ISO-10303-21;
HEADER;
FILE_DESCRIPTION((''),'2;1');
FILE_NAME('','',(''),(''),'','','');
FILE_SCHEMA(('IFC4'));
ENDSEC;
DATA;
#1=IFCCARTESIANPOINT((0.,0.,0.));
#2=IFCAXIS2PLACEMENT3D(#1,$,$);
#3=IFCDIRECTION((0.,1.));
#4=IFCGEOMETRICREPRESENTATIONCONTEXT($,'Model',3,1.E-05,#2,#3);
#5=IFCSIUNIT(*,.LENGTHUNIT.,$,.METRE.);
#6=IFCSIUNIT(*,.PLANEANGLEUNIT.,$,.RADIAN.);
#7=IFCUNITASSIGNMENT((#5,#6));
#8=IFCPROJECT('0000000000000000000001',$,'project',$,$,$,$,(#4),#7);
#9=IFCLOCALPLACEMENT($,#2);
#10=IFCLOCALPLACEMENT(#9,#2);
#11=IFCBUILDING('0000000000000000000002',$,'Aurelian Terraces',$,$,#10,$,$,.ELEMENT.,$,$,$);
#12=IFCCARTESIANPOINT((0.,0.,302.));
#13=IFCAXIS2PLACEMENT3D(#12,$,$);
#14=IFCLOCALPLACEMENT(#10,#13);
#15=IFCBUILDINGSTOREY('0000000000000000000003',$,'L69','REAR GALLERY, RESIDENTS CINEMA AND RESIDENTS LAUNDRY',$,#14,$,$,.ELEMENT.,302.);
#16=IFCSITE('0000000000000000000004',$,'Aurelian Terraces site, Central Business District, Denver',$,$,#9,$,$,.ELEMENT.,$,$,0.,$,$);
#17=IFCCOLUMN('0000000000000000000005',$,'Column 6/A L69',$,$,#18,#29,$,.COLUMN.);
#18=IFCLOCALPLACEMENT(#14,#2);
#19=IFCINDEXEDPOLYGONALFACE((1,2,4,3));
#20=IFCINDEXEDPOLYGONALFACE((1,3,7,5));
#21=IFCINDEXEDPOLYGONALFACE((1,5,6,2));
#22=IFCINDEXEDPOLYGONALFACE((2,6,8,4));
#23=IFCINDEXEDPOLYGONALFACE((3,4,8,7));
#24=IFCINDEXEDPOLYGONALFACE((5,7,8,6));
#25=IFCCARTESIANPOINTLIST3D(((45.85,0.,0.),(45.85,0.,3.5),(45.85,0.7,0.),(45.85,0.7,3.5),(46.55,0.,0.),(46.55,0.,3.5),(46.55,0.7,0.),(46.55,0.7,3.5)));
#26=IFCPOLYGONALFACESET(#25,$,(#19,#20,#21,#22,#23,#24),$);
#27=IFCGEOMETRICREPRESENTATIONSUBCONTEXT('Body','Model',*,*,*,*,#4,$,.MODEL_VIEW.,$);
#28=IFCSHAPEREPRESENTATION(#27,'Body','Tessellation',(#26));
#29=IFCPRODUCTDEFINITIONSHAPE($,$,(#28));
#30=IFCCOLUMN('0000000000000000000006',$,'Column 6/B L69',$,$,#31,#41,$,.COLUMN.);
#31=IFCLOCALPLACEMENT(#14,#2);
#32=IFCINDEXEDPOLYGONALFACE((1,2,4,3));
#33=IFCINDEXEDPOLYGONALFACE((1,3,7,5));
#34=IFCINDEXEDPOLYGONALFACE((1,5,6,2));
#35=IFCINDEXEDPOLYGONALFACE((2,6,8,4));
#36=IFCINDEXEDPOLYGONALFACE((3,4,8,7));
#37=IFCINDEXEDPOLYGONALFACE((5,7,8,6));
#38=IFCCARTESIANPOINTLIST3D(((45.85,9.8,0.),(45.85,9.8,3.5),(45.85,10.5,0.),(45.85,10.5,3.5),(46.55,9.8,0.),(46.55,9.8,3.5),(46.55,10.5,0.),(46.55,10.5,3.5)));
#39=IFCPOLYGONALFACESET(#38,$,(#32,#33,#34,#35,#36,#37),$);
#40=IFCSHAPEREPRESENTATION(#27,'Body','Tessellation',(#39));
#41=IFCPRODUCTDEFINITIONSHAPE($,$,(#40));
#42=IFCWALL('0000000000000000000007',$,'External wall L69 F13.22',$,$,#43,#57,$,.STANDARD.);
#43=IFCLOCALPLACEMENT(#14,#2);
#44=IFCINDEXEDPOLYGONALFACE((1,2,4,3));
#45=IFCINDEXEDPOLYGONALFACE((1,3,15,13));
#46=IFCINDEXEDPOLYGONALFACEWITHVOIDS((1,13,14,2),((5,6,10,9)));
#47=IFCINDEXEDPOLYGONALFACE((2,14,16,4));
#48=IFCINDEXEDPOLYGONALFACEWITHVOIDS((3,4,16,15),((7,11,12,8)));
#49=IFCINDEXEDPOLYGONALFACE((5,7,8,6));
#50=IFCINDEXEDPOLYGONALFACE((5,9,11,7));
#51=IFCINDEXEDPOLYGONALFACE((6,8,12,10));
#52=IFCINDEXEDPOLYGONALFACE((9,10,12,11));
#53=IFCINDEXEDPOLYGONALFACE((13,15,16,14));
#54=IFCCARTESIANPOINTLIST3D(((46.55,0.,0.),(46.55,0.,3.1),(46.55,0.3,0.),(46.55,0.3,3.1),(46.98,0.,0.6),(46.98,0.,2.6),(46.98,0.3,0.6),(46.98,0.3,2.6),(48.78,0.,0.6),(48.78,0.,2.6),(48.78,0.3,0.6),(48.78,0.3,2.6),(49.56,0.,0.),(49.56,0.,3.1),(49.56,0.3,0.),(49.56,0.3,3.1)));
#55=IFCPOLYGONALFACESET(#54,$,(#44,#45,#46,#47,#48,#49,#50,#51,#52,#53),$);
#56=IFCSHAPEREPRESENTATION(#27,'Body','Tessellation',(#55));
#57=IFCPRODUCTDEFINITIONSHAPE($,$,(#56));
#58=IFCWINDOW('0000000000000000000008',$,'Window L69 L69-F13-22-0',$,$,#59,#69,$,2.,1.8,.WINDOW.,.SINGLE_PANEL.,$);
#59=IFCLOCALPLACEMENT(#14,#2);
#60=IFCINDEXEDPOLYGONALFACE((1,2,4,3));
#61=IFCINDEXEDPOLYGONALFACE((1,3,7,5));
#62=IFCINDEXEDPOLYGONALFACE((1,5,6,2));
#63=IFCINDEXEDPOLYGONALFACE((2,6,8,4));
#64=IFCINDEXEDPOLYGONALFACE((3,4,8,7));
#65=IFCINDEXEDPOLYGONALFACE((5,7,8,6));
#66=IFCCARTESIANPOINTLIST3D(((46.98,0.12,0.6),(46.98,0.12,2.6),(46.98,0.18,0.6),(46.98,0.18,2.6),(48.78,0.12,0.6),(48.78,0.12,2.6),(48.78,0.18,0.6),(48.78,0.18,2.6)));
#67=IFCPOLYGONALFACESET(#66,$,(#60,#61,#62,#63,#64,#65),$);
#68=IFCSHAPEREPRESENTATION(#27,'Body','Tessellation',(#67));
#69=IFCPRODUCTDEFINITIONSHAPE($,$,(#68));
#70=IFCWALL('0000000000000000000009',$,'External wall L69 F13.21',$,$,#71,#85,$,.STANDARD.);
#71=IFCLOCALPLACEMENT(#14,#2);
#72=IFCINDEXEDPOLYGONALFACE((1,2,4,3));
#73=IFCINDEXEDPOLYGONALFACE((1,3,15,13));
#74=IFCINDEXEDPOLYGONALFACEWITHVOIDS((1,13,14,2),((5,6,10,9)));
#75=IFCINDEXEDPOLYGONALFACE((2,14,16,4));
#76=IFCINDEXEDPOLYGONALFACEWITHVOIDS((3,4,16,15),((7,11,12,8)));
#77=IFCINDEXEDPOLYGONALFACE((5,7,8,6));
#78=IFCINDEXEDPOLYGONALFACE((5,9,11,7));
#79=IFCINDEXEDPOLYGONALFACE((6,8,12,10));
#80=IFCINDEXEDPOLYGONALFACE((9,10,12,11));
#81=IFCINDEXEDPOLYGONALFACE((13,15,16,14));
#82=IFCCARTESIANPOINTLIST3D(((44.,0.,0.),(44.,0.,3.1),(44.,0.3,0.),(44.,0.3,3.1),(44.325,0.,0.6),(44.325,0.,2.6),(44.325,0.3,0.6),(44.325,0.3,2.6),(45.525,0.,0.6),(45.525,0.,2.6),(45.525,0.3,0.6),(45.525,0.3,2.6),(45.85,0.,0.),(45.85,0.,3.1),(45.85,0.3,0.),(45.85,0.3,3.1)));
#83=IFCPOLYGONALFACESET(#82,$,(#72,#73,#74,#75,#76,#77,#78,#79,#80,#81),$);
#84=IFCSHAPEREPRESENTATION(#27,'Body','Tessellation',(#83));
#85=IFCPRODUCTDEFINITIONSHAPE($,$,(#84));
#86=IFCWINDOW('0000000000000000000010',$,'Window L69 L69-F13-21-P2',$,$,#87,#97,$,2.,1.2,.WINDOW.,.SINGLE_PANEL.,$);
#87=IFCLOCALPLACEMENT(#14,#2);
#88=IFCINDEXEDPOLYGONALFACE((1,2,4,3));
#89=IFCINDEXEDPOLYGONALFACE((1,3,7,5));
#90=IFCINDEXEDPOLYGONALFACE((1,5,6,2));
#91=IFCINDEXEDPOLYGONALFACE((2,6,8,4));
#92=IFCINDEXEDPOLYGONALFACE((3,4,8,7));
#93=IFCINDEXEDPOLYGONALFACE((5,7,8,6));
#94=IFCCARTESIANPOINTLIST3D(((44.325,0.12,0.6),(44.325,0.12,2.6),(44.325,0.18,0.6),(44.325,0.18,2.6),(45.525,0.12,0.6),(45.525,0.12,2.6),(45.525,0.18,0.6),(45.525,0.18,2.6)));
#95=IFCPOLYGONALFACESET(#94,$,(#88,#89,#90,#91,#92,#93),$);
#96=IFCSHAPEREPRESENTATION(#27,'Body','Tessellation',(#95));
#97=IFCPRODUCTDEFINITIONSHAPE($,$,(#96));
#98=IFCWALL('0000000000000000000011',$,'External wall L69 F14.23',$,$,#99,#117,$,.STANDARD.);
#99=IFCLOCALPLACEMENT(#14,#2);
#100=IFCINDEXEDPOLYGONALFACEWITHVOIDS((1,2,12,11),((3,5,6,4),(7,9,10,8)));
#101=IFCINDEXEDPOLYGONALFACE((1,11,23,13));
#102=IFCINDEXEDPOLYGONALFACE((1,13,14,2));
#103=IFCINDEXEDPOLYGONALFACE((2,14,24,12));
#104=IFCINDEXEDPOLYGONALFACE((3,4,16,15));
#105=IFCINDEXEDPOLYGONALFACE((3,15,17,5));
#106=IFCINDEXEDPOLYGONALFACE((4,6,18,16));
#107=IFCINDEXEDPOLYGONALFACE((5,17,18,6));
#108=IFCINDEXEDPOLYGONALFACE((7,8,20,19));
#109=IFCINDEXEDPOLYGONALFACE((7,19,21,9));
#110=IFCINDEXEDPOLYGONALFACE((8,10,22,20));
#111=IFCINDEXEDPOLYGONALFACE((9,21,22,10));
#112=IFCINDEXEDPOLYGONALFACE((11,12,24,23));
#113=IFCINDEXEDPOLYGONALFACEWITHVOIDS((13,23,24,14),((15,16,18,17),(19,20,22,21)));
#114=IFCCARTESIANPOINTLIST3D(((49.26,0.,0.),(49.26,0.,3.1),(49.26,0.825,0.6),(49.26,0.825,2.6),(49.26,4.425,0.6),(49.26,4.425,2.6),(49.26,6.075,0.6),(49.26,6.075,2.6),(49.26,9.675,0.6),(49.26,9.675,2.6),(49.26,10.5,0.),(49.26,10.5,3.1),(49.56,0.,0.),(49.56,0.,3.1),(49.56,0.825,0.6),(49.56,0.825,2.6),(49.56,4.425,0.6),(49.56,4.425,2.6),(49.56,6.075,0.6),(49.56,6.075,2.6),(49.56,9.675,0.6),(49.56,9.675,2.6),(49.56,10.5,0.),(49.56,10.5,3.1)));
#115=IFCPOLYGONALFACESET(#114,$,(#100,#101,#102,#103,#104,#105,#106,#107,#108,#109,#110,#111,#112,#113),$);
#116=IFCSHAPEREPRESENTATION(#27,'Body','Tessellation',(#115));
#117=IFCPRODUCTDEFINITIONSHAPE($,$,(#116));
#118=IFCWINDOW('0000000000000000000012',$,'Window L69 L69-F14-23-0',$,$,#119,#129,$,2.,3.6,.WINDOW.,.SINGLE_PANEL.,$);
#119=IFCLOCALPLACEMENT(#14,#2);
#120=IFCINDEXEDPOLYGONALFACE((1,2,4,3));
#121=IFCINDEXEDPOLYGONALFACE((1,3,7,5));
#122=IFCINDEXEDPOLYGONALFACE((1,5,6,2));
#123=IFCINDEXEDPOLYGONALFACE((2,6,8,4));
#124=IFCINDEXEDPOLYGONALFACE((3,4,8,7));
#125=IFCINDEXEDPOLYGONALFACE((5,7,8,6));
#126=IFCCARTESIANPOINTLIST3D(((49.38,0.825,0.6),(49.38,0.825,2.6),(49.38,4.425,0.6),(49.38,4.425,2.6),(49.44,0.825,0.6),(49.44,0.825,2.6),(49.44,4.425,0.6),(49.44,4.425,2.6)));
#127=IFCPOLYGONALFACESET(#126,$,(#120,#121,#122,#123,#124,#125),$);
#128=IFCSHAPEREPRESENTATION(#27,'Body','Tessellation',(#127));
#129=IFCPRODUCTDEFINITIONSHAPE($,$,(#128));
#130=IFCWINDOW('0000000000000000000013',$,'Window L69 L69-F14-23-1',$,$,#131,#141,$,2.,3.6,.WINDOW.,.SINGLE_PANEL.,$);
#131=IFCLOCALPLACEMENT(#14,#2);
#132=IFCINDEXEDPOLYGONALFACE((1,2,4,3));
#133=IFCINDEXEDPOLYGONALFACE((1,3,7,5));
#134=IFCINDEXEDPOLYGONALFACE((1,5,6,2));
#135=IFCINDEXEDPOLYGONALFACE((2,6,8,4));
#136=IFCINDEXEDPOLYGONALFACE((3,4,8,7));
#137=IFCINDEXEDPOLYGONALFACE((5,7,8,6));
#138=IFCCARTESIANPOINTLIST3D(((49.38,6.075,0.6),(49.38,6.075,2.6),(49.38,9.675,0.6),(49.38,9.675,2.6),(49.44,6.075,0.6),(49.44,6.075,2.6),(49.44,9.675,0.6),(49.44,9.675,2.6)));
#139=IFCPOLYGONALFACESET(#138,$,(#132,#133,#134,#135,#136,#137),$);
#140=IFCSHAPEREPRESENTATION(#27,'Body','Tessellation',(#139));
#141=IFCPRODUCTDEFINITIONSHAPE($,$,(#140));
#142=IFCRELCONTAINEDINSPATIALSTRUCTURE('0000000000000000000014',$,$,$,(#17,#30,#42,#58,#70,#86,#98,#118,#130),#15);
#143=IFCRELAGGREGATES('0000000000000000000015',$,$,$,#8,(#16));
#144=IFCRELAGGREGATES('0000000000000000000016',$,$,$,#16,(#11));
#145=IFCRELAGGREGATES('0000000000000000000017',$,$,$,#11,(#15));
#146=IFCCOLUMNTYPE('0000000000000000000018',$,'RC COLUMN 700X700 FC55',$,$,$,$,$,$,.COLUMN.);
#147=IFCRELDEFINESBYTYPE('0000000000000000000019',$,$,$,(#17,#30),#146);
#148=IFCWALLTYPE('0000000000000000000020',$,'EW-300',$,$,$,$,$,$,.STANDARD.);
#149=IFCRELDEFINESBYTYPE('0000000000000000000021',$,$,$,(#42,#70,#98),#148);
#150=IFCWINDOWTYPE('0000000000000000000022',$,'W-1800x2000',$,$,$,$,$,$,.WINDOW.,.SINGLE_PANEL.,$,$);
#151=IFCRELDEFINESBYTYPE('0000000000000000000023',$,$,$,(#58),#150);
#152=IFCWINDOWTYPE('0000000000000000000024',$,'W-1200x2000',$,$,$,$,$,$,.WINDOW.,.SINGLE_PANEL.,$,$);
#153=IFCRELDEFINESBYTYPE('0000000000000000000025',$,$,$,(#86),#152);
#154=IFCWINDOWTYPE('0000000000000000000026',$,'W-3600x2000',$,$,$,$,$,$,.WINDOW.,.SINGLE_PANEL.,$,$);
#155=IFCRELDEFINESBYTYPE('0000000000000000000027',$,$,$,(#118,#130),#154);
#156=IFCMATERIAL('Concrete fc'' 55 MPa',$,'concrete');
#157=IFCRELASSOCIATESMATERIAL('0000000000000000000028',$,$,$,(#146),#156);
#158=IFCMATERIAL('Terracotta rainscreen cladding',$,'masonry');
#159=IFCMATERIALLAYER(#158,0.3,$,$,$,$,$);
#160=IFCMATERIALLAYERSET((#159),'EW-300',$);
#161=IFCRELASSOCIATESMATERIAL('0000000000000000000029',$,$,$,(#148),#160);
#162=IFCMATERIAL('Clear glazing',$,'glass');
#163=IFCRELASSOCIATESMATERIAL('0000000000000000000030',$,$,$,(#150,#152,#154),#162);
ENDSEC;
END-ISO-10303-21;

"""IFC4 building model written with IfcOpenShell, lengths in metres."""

from ifc_helpers import new_model, si_unit, direction, frame, frame_2d, origin, origin_2d, place, context, subcontext, project, spatial, rectangle, extrude, source, transform, mapped, material, layer, layer_set, material_profile, profile_set, type_object, element, fill, save


model = new_model("IFC4")

# Units and contexts
model_context = context("Model", 3, precision=1e-05, world=origin(), true_north=direction((0.0, 1.0)))
body_context = subcontext(model_context, "Body", "Model", "MODEL_VIEW")
ifc_project = project(units=[si_unit("LENGTHUNIT", "METRE"), si_unit("PLANEANGLEUNIT", "RADIAN")], contexts=[model_context])

# Site, building, storey
site_placement = place(None, origin())
site = spatial("IfcSite", under=ifc_project, at=site_placement, Name="Aurelian Terraces site, Central Business District, Denver", CompositionType="ELEMENT", RefElevation=0.0)
building_placement = place(site_placement, origin())
building = spatial("IfcBuilding", under=site, at=building_placement, Name="Aurelian Terraces", CompositionType="ELEMENT")
storey_placement = place(building_placement, frame((0.0, 0.0, 302.0)))
storey = spatial("IfcBuildingStorey", under=building, at=storey_placement, Name="L69", Description="REAR GALLERY, RESIDENTS CINEMA AND RESIDENTS LAUNDRY", CompositionType="ELEMENT", Elevation=302.0)

# Columns
ifc_material_1 = material(Name="Concrete fc' 55 MPa", Category="concrete")
ifc_material_profile = material_profile(ifc_material_1, rectangle(XDim=0.7, YDim=0.7, at=origin_2d()))
ifc_profile_set = profile_set([ifc_material_profile], Name="Concrete fc' 55 MPa")
column_type = type_object("IfcColumnType", Name="RC COLUMN 700X700 FC55", PredefinedType="COLUMN", material=ifc_profile_set)
shared_shape_1 = source(origin(), body_context, "Body", "SweptSolid", [
    extrude(rectangle(XDim=0.7, YDim=0.7, at=origin_2d()), origin(), (0.0, 0.0, 1.0), 3.5),
])
for number, where, z_axis, x_axis, name in (
    (1, (46.2, 0.35, 0.0), (0.0, 0.0, 1.0), (1.0, 0.0, 0.0), "Column 6/A L69"),
    (2, (46.2, 10.15, 0.0), (0.0, 0.0, 1.0), (1.0, 0.0, 0.0), "Column 6/B L69"),
):
    element("IfcColumn", number, at=place(storey_placement, frame(where, z_axis=z_axis, x_axis=x_axis)), inside=storey, type_object=column_type, Name=name, PredefinedType="COLUMN", context=body_context, shape_type="MappedRepresentation", body=[
        mapped(shared_shape_1, transform((0.0, 0.0, 0.0), scale=1.0)),
    ])

# Walls, openings, windows
ifc_material_2 = material(Name="Terracotta rainscreen cladding", Category="masonry")
ifc_layer_1 = layer(ifc_material_2, 0.3)
ifc_layer_set_1 = layer_set([ifc_layer_1], Name="EW-300")
wall_type_1 = type_object("IfcWallType", Name="EW-300", PredefinedType="STANDARD", material=ifc_layer_set_1)
shared_shape_2 = source(origin(), body_context, "Body", "SweptSolid", [
    extrude(rectangle(XDim=3.01, YDim=0.3, at=frame_2d((1.505, 0.0))), origin(), (0.0, 0.0, 1.0), 3.1),
])
wall_1_placement = place(storey_placement, frame((46.55, 0.15, 0.0), z_axis=(0.0, 0.0, 1.0), x_axis=(1.0, 0.0, 0.0)))
wall_1 = element("IfcWall", 3, at=wall_1_placement, inside=storey, type_object=wall_type_1, Name="External wall L69 F13.22", PredefinedType="STANDARD", context=body_context, shape_type="MappedRepresentation", body=[
    mapped(shared_shape_2, transform((0.0, 0.0, 0.0), scale=1.0)),
])
shared_shape_3 = source(origin(), body_context, "Body", "SweptSolid", [
    extrude(rectangle(XDim=1.8, YDim=2.0, at=frame_2d((0.9, 1.0))), frame((0.0, 0.16, 0.0), z_axis=(0.0, -1.0, 0.0), x_axis=(1.0, 0.0, 0.0)), (0.0, 0.0, 1.0), 0.32),
])
opening_1_placement = place(wall_1_placement, frame((0.43, 0.0, 0.6)))
opening_1 = element("IfcOpeningElement", 4, at=opening_1_placement, cuts=wall_1, PredefinedType="OPENING", context=body_context, shape_type="MappedRepresentation", body=[
    mapped(shared_shape_3, transform((0.0, 0.0, 0.0), scale=1.0)),
])
ifc_material_3 = material(Name="Clear glazing", Category="glass")
window_type_1 = type_object("IfcWindowType", Name="W-1800x2000", PartitioningType="SINGLE_PANEL", PredefinedType="WINDOW", material=ifc_material_3)
shared_shape_4 = source(origin(), body_context, "Body", "SweptSolid", [
    extrude(rectangle(XDim=1.8, YDim=2.0, at=frame_2d((0.9, 1.0))), frame((0.0, 0.03, 0.0), z_axis=(0.0, -1.0, 0.0), x_axis=(1.0, 0.0, 0.0)), (0.0, 0.0, 1.0), 0.06),
])
window_1_placement = place(opening_1_placement, origin())
window_1 = element("IfcWindow", 5, at=window_1_placement, inside=storey, type_object=window_type_1, Name="Window L69 L69-F13-22-0", OverallHeight=2.0, OverallWidth=1.8, PartitioningType="SINGLE_PANEL", PredefinedType="WINDOW", context=body_context, shape_type="MappedRepresentation", body=[
    mapped(shared_shape_4, transform((0.0, 0.0, 0.0), scale=1.0)),
])
fill(opening_1, window_1)
shared_shape_5 = source(origin(), body_context, "Body", "SweptSolid", [
    extrude(rectangle(XDim=1.85, YDim=0.3, at=frame_2d((0.925, 0.0))), origin(), (0.0, 0.0, 1.0), 3.1),
])
wall_2_placement = place(storey_placement, frame((44.0, 0.15, 0.0), z_axis=(0.0, 0.0, 1.0), x_axis=(1.0, 0.0, 0.0)))
wall_2 = element("IfcWall", 6, at=wall_2_placement, inside=storey, type_object=wall_type_1, Name="External wall L69 F13.21", PredefinedType="STANDARD", context=body_context, shape_type="MappedRepresentation", body=[
    mapped(shared_shape_5, transform((0.0, 0.0, 0.0), scale=1.0)),
])
shared_shape_6 = source(origin(), body_context, "Body", "SweptSolid", [
    extrude(rectangle(XDim=1.2, YDim=2.0, at=frame_2d((0.6, 1.0))), frame((0.0, 0.16, 0.0), z_axis=(0.0, -1.0, 0.0), x_axis=(1.0, 0.0, 0.0)), (0.0, 0.0, 1.0), 0.32),
])
opening_2_placement = place(wall_2_placement, frame((0.325, 0.0, 0.6)))
opening_2 = element("IfcOpeningElement", 7, at=opening_2_placement, cuts=wall_2, PredefinedType="OPENING", context=body_context, shape_type="MappedRepresentation", body=[
    mapped(shared_shape_6, transform((0.0, 0.0, 0.0), scale=1.0)),
])
window_type_2 = type_object("IfcWindowType", Name="W-1200x2000", PartitioningType="SINGLE_PANEL", PredefinedType="WINDOW", material=ifc_material_3)
shared_shape_7 = source(origin(), body_context, "Body", "SweptSolid", [
    extrude(rectangle(XDim=1.2, YDim=2.0, at=frame_2d((0.6, 1.0))), frame((0.0, 0.03, 0.0), z_axis=(0.0, -1.0, 0.0), x_axis=(1.0, 0.0, 0.0)), (0.0, 0.0, 1.0), 0.06),
])
window_2_placement = place(opening_2_placement, origin())
window_2 = element("IfcWindow", 8, at=window_2_placement, inside=storey, type_object=window_type_2, Name="Window L69 L69-F13-21-P2", OverallHeight=2.0, OverallWidth=1.2, PartitioningType="SINGLE_PANEL", PredefinedType="WINDOW", context=body_context, shape_type="MappedRepresentation", body=[
    mapped(shared_shape_7, transform((0.0, 0.0, 0.0), scale=1.0)),
])
fill(opening_2, window_2)

# Wall, openings, windows
shared_shape_8 = source(origin(), body_context, "Body", "SweptSolid", [
    extrude(rectangle(XDim=10.5, YDim=0.3, at=frame_2d((5.25, 0.0))), origin(), (0.0, 0.0, 1.0), 3.1),
])
wall_3_placement = place(storey_placement, frame((49.41, 0.0, 0.0), z_axis=(0.0, 0.0, 1.0), x_axis=(0.0, 1.0, 0.0)))
wall_3 = element("IfcWall", 9, at=wall_3_placement, inside=storey, type_object=wall_type_1, Name="External wall L69 F14.23", PredefinedType="STANDARD", context=body_context, shape_type="MappedRepresentation", body=[
    mapped(shared_shape_8, transform((0.0, 0.0, 0.0), scale=1.0)),
])
shared_shape_9 = source(origin(), body_context, "Body", "SweptSolid", [
    extrude(rectangle(XDim=3.6, YDim=2.0, at=frame_2d((1.8, 1.0))), frame((0.0, 0.16, 0.0), z_axis=(0.0, -1.0, 0.0), x_axis=(1.0, 0.0, 0.0)), (0.0, 0.0, 1.0), 0.32),
])
opening_3_placement = place(wall_3_placement, frame((0.825, 0.0, 0.6)))
opening_3 = element("IfcOpeningElement", 10, at=opening_3_placement, cuts=wall_3, PredefinedType="OPENING", context=body_context, shape_type="MappedRepresentation", body=[
    mapped(shared_shape_9, transform((0.0, 0.0, 0.0), scale=1.0)),
])
opening_4_placement = place(wall_3_placement, frame((6.075, 0.0, 0.6)))
opening_4 = element("IfcOpeningElement", 11, at=opening_4_placement, cuts=wall_3, PredefinedType="OPENING", context=body_context, shape_type="MappedRepresentation", body=[
    mapped(shared_shape_9, transform((0.0, 0.0, 0.0), scale=1.0)),
])
window_type_3 = type_object("IfcWindowType", Name="W-3600x2000", PartitioningType="SINGLE_PANEL", PredefinedType="WINDOW", material=ifc_material_3)
shared_shape_10 = source(origin(), body_context, "Body", "SweptSolid", [
    extrude(rectangle(XDim=3.6, YDim=2.0, at=frame_2d((1.8, 1.0))), frame((0.0, 0.03, 0.0), z_axis=(0.0, -1.0, 0.0), x_axis=(1.0, 0.0, 0.0)), (0.0, 0.0, 1.0), 0.06),
])
window_3_placement = place(opening_3_placement, origin())
window_3 = element("IfcWindow", 12, at=window_3_placement, inside=storey, type_object=window_type_3, Name="Window L69 L69-F14-23-0", OverallHeight=2.0, OverallWidth=3.6, PartitioningType="SINGLE_PANEL", PredefinedType="WINDOW", context=body_context, shape_type="MappedRepresentation", body=[
    mapped(shared_shape_10, transform((0.0, 0.0, 0.0), scale=1.0)),
])
fill(opening_3, window_3)
window_4_placement = place(opening_4_placement, origin())
window_4 = element("IfcWindow", 13, at=window_4_placement, inside=storey, type_object=window_type_3, Name="Window L69 L69-F14-23-1", OverallHeight=2.0, OverallWidth=3.6, PartitioningType="SINGLE_PANEL", PredefinedType="WINDOW", context=body_context, shape_type="MappedRepresentation", body=[
    mapped(shared_shape_10, transform((0.0, 0.0, 0.0), scale=1.0)),
])
fill(opening_4, window_4)

save(model, "model.ifc")
